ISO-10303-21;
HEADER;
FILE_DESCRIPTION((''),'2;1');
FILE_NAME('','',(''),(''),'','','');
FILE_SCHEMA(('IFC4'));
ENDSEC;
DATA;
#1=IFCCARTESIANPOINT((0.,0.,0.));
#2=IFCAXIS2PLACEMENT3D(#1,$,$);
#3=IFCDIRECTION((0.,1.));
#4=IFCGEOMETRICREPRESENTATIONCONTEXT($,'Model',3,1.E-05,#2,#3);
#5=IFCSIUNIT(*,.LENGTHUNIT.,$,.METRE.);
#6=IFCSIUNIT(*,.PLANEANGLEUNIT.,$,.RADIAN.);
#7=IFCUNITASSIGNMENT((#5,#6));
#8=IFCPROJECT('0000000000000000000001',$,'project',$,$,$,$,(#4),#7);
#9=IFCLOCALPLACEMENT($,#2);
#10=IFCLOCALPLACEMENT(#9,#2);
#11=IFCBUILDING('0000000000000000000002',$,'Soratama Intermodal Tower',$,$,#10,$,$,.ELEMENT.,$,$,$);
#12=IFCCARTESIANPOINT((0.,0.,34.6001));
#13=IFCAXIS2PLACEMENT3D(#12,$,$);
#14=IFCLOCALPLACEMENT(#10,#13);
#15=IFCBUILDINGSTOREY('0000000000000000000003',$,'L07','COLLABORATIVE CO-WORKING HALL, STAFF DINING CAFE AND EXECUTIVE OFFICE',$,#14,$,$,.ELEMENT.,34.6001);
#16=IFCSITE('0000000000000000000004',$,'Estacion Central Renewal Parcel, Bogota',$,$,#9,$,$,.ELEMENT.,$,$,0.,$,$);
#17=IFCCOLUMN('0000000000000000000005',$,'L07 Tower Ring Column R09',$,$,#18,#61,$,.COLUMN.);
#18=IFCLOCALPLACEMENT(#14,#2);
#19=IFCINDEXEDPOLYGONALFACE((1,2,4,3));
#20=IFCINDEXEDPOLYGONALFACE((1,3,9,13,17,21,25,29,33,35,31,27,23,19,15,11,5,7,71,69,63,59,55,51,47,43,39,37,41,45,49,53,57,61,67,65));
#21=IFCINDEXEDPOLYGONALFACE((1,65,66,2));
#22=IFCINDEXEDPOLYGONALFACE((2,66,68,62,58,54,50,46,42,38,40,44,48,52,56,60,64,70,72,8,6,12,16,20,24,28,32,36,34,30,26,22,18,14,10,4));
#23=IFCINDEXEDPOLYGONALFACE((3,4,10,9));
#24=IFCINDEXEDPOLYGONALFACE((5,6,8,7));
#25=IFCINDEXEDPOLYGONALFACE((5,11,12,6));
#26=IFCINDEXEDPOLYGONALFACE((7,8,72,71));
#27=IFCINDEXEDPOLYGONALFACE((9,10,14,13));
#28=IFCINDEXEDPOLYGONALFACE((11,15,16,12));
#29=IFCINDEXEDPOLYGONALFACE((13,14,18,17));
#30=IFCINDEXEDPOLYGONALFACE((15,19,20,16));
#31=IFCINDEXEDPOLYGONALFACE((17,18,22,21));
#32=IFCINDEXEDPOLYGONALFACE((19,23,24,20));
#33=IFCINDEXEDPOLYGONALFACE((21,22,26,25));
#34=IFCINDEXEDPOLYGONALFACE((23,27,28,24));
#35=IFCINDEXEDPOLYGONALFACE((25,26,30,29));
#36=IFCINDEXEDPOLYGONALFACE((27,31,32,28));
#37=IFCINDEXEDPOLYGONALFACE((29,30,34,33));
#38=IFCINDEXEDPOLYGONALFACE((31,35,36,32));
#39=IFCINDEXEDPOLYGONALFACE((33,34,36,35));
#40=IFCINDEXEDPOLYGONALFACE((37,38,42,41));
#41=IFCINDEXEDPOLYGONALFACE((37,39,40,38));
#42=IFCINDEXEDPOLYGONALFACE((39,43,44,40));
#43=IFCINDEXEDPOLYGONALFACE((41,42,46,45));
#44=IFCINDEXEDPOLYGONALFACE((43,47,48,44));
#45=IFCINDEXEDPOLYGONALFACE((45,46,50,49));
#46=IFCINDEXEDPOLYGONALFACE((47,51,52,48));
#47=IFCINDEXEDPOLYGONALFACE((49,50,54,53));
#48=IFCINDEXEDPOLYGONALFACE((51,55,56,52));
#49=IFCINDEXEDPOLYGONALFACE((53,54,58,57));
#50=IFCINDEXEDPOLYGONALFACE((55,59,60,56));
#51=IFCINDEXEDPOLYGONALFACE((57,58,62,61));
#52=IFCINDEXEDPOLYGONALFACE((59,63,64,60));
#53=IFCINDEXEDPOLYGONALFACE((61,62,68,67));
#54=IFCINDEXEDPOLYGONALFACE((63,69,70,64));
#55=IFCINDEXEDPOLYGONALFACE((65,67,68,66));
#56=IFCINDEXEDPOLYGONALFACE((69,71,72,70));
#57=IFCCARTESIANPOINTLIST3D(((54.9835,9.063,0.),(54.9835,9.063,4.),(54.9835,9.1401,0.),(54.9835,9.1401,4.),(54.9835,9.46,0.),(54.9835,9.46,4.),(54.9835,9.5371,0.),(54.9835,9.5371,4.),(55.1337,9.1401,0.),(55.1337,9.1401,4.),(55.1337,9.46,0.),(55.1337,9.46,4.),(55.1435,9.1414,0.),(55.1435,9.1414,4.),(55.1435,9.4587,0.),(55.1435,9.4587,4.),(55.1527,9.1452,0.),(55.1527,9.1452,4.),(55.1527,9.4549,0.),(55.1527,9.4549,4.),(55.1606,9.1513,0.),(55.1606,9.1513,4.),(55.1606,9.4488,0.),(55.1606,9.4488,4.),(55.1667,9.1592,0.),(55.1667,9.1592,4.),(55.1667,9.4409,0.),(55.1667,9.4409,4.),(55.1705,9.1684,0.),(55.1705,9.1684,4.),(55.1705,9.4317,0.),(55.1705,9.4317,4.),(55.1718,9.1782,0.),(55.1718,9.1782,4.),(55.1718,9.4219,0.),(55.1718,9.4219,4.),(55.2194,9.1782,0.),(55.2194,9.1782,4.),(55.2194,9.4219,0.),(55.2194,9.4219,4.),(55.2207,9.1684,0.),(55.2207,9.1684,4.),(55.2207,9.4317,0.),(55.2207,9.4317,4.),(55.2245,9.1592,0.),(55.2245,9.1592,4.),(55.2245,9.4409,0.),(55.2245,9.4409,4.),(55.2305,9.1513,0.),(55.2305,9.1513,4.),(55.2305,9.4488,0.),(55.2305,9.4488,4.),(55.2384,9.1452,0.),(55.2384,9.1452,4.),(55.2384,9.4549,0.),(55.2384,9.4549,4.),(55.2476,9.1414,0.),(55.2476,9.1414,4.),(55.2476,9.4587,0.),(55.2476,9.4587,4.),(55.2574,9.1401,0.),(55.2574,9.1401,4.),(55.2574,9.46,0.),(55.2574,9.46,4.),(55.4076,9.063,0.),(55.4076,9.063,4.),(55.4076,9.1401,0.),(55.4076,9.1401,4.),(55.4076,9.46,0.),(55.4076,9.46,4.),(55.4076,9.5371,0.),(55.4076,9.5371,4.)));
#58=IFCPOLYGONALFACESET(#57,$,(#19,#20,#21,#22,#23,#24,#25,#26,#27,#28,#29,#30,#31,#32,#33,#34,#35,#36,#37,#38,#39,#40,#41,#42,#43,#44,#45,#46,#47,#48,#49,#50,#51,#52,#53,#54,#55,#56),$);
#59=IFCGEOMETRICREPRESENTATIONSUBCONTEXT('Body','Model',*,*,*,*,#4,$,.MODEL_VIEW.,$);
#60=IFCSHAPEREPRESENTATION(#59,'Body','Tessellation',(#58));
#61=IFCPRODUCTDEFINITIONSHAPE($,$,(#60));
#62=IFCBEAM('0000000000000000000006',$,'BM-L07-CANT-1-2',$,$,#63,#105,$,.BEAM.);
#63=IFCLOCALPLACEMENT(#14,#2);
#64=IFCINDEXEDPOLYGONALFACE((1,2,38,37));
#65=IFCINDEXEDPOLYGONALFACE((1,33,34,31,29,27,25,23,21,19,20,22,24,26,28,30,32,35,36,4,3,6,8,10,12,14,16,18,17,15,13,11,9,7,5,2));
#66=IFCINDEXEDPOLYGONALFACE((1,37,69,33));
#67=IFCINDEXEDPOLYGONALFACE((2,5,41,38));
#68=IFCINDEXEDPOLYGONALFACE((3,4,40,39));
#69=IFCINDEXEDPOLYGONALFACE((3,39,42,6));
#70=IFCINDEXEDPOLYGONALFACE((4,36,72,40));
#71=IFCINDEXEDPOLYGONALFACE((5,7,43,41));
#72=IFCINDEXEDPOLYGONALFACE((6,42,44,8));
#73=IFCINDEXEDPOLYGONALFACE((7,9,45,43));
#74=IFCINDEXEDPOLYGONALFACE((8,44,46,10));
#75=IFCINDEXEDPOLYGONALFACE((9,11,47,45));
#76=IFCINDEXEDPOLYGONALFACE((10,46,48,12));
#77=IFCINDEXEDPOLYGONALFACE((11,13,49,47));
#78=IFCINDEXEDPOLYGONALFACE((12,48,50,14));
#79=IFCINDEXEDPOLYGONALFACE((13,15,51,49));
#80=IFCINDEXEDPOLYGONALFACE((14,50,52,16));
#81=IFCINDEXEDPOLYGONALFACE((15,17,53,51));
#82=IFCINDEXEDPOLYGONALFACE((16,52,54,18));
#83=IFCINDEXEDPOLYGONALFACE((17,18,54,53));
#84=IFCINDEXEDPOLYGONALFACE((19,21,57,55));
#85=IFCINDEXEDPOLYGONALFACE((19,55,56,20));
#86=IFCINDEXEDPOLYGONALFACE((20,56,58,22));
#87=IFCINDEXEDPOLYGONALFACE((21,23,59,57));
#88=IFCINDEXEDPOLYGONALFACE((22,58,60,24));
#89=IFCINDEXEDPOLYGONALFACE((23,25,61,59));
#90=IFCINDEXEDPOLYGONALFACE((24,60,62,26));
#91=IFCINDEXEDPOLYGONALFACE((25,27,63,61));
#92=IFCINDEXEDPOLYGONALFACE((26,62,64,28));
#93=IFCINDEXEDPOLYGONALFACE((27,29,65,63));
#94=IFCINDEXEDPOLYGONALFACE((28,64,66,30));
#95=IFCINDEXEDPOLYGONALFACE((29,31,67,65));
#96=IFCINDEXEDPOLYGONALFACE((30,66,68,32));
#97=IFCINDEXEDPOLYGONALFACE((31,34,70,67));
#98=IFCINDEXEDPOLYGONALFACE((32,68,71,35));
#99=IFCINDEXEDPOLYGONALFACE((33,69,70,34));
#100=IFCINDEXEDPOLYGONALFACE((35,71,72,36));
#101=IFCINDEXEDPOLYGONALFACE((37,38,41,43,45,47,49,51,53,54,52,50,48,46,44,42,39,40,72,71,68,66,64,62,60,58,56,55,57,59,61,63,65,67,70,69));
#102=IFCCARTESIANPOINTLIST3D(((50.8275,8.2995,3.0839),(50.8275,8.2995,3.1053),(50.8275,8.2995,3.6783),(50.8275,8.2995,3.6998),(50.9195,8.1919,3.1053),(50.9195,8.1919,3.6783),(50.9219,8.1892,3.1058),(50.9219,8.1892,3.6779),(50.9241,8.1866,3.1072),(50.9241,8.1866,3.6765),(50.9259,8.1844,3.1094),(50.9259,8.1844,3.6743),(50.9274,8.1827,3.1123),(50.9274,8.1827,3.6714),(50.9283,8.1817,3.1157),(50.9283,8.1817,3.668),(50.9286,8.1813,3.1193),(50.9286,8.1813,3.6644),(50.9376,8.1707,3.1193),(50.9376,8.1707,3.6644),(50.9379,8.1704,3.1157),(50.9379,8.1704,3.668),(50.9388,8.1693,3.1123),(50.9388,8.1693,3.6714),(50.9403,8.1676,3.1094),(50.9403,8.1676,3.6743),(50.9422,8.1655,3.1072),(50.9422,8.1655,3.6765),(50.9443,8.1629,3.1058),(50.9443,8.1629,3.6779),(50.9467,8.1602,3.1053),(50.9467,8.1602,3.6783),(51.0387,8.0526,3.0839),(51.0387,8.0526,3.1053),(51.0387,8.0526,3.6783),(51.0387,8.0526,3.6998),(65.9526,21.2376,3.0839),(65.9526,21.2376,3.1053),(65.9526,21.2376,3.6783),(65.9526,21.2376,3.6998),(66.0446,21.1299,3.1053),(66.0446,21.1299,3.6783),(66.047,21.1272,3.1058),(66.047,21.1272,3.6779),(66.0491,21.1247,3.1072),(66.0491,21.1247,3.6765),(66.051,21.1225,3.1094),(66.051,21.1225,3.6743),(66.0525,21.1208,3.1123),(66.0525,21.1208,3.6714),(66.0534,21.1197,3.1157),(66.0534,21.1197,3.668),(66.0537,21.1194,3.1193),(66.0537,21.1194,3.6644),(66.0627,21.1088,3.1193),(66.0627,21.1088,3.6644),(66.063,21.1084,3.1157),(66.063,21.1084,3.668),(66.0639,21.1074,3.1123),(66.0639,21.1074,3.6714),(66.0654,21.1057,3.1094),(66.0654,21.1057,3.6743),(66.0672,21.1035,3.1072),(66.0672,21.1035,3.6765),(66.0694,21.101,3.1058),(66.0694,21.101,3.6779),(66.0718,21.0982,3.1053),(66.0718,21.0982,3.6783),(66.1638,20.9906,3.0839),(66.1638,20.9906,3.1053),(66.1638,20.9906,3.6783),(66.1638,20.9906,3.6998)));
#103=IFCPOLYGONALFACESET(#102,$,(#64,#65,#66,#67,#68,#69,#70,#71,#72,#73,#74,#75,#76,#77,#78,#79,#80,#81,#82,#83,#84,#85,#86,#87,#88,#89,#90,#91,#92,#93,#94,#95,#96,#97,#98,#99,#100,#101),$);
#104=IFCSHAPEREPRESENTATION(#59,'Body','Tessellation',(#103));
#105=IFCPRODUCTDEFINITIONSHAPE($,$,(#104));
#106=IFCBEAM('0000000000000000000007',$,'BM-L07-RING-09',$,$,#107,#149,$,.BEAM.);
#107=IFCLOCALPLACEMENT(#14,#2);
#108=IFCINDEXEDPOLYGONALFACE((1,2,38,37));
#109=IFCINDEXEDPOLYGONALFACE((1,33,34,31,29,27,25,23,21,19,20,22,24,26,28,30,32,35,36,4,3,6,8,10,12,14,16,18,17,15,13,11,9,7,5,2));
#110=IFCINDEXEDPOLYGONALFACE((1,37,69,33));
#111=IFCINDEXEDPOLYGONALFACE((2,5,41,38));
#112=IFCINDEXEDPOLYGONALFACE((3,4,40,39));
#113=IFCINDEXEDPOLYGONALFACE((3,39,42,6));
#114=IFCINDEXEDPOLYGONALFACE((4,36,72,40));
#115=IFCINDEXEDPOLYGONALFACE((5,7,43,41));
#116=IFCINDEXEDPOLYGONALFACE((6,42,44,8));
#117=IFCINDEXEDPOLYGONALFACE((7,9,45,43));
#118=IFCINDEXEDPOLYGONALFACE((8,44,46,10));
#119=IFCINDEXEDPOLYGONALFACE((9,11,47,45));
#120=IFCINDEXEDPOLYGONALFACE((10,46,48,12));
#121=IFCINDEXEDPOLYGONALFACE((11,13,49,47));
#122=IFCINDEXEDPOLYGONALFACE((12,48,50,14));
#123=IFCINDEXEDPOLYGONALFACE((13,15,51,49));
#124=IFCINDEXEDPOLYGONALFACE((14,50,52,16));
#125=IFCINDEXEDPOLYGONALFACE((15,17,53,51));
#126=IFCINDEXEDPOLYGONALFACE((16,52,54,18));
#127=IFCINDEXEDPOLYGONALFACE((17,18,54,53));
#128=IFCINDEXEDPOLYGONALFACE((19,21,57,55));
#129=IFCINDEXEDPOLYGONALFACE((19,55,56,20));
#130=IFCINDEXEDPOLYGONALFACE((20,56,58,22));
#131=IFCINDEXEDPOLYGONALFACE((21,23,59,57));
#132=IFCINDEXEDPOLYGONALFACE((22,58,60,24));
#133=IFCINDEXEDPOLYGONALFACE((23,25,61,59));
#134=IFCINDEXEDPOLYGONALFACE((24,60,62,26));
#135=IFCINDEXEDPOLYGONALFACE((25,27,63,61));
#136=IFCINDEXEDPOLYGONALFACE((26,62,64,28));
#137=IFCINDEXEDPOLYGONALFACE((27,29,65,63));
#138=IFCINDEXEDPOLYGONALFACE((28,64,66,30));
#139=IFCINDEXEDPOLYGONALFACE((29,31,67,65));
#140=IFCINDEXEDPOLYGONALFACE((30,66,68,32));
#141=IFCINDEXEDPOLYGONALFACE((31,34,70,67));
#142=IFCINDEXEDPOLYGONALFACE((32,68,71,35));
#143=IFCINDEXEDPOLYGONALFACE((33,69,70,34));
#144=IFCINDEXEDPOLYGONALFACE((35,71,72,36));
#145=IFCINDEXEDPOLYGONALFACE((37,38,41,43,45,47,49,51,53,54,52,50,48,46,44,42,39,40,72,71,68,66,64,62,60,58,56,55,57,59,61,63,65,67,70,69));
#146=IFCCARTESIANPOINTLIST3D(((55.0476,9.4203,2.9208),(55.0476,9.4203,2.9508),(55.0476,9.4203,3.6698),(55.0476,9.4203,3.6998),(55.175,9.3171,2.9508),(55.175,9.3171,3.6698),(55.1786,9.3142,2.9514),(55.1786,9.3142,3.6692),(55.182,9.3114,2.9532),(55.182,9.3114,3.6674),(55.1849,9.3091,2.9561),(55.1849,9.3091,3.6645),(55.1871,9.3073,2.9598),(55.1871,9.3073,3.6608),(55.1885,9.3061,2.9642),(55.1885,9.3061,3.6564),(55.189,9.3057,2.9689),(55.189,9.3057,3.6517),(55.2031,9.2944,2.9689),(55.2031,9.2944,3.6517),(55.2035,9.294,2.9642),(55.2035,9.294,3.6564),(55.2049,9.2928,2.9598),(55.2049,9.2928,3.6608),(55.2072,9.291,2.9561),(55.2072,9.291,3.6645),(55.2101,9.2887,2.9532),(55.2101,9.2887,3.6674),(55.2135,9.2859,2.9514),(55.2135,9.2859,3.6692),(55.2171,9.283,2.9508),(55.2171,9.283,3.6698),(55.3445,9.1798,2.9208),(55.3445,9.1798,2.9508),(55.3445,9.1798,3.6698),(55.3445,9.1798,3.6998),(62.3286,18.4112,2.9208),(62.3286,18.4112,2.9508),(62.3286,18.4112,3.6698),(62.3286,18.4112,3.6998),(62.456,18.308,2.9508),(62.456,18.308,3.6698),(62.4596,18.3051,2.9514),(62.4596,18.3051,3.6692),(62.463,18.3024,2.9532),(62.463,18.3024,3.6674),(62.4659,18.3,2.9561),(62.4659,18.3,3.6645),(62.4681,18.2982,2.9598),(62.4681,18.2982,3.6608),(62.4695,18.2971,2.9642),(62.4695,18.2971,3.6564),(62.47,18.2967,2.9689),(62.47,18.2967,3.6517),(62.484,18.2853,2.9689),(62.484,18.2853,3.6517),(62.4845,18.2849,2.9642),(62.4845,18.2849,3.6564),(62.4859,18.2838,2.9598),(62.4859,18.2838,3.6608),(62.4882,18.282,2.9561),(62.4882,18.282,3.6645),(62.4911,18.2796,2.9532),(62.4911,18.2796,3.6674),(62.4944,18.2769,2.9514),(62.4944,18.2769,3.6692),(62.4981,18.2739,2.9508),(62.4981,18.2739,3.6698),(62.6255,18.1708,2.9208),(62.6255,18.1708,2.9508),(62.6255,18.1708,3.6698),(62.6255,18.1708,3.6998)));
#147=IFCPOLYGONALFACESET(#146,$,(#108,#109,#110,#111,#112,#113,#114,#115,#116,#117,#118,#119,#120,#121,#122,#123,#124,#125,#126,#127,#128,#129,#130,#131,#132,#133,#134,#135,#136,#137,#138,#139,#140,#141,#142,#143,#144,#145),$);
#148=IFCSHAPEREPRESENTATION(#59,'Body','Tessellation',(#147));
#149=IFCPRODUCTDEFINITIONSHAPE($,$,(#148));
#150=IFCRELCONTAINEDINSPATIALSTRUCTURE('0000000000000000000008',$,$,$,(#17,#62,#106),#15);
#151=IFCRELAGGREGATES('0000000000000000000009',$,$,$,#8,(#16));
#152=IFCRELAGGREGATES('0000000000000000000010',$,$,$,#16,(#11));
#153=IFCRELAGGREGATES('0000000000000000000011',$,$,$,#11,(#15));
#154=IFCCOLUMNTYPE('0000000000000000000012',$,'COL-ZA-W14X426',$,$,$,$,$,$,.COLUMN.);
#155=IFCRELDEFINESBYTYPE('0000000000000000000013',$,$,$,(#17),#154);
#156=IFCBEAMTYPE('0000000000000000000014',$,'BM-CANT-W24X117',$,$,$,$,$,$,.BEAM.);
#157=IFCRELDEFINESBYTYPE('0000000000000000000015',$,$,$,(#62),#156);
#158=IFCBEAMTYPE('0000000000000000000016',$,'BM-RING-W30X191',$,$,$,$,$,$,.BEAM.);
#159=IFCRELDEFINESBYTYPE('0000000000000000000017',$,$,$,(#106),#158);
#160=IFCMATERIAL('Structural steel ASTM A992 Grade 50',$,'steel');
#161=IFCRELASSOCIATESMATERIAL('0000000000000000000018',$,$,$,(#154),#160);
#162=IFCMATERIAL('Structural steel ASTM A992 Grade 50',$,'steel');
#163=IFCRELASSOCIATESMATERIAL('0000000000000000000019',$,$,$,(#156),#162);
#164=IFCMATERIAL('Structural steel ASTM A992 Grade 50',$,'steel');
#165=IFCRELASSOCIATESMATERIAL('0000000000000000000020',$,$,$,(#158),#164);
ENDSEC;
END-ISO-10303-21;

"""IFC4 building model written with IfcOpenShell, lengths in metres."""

from ifc_helpers import new_model, si_unit, direction, frame, origin, origin_2d, place, context, subcontext, project, spatial, i_section, extrude, material, material_profile, profile_set, type_object, element, save


model = new_model("IFC4")

# Units and contexts
model_context = context("Model", 3, precision=1e-05, world=origin(), true_north=direction((0.0, 1.0)))
body_context = subcontext(model_context, "Body", "Model", "MODEL_VIEW")
ifc_project = project(units=[si_unit("LENGTHUNIT", "METRE"), si_unit("PLANEANGLEUNIT", "RADIAN")], contexts=[model_context])

# Site, building, storey
site_placement = place(None, origin())
site = spatial("IfcSite", under=ifc_project, at=site_placement, Name="Estacion Central Renewal Parcel, Bogota", CompositionType="ELEMENT", RefElevation=0.0)
building_placement = place(site_placement, origin())
building = spatial("IfcBuilding", under=site, at=building_placement, Name="Soratama Intermodal Tower", CompositionType="ELEMENT")
storey_placement = place(building_placement, frame((0.0, 0.0, 34.6001)))
storey = spatial("IfcBuildingStorey", under=building, at=storey_placement, Name="L07", Description="COLLABORATIVE CO-WORKING HALL, STAFF DINING CAFE AND EXECUTIVE OFFICE", CompositionType="ELEMENT", Elevation=34.6001)

# Column
ifc_material_1 = material(Name="Structural steel ASTM A992 Grade 50", Category="steel")
ifc_material_profile_1 = material_profile(ifc_material_1, i_section(OverallWidth=0.4241, OverallDepth=0.4741, WebThickness=0.0476, FlangeThickness=0.0771, FilletRadius=0.0381, at=origin_2d()), Name="W14X426")
ifc_profile_set_1 = profile_set([ifc_material_profile_1], Name="Structural steel ASTM A992 Grade 50")
column_type = type_object("IfcColumnType", Name="COL-ZA-W14X426", PredefinedType="COLUMN", material=ifc_profile_set_1)
column_placement = place(storey_placement, frame((55.1956, 9.3, 0.0), z_axis=(0.0, 0.0, 1.0), x_axis=(1.0, 0.0, 0.0)))
element("IfcColumn", 1, at=column_placement, inside=storey, type_object=column_type, Name="L07 Tower Ring Column R09", PredefinedType="COLUMN", context=body_context, shape_type="SweptSolid", body=[
    extrude(i_section(OverallWidth=0.4241, OverallDepth=0.4741, WebThickness=0.0476, FlangeThickness=0.0771, FilletRadius=0.0381, at=origin_2d()), origin(), (0.0, 0.0, 1.0), 4.0),
])

# Beams
ifc_material_2 = material(Name="Structural steel ASTM A992 Grade 50", Category="steel")
ifc_material_profile_2 = material_profile(ifc_material_2, i_section(OverallWidth=0.325, OverallDepth=0.616, WebThickness=0.0139, FlangeThickness=0.0215, FilletRadius=0.0139, at=origin_2d()), Name="W24X117")
ifc_profile_set_2 = profile_set([ifc_material_profile_2], Name="Structural steel ASTM A992 Grade 50")
beam_type_1 = type_object("IfcBeamType", Name="BM-CANT-W24X117", PredefinedType="BEAM", material=ifc_profile_set_2)
beam_1_placement = place(storey_placement, frame((50.9331, 8.176, 3.3918), z_axis=(0.759909, 0.650029, 0.0), x_axis=(-0.650029, 0.759909, 0.0)))
element("IfcBeam", 2, at=beam_1_placement, inside=storey, type_object=beam_type_1, Name="BM-L07-CANT-1-2", PredefinedType="BEAM", context=body_context, shape_type="SweptSolid", body=[
    extrude(i_section(OverallWidth=0.325, OverallDepth=0.616, WebThickness=0.0139, FlangeThickness=0.0215, FilletRadius=0.0139, at=origin_2d()), origin(), (0.0, 0.0, 1.0), 19.9038),
])
ifc_material_3 = material(Name="Structural steel ASTM A992 Grade 50", Category="steel")
ifc_material_profile_3 = material_profile(ifc_material_3, i_section(OverallWidth=0.3821, OverallDepth=0.7791, WebThickness=0.0181, FlangeThickness=0.03, FilletRadius=0.0181, at=origin_2d()), Name="W30X191")
ifc_profile_set_3 = profile_set([ifc_material_profile_3], Name="Structural steel ASTM A992 Grade 50")
beam_type_2 = type_object("IfcBeamType", Name="BM-RING-W30X191", PredefinedType="BEAM", material=ifc_profile_set_3)
beam_2_placement = place(storey_placement, frame((55.196, 9.3, 3.3103), z_axis=(0.629334, 0.777135, 0.0), x_axis=(-0.777135, 0.629334, 0.0)))
element("IfcBeam", 3, at=beam_2_placement, inside=storey, type_object=beam_type_2, Name="BM-L07-RING-09", PredefinedType="BEAM", context=body_context, shape_type="SweptSolid", body=[
    extrude(i_section(OverallWidth=0.3821, OverallDepth=0.7791, WebThickness=0.0181, FlangeThickness=0.03, FilletRadius=0.0181, at=origin_2d()), origin(), (0.0, 0.0, 1.0), 11.5693),
])

save(model, "model.ifc")
